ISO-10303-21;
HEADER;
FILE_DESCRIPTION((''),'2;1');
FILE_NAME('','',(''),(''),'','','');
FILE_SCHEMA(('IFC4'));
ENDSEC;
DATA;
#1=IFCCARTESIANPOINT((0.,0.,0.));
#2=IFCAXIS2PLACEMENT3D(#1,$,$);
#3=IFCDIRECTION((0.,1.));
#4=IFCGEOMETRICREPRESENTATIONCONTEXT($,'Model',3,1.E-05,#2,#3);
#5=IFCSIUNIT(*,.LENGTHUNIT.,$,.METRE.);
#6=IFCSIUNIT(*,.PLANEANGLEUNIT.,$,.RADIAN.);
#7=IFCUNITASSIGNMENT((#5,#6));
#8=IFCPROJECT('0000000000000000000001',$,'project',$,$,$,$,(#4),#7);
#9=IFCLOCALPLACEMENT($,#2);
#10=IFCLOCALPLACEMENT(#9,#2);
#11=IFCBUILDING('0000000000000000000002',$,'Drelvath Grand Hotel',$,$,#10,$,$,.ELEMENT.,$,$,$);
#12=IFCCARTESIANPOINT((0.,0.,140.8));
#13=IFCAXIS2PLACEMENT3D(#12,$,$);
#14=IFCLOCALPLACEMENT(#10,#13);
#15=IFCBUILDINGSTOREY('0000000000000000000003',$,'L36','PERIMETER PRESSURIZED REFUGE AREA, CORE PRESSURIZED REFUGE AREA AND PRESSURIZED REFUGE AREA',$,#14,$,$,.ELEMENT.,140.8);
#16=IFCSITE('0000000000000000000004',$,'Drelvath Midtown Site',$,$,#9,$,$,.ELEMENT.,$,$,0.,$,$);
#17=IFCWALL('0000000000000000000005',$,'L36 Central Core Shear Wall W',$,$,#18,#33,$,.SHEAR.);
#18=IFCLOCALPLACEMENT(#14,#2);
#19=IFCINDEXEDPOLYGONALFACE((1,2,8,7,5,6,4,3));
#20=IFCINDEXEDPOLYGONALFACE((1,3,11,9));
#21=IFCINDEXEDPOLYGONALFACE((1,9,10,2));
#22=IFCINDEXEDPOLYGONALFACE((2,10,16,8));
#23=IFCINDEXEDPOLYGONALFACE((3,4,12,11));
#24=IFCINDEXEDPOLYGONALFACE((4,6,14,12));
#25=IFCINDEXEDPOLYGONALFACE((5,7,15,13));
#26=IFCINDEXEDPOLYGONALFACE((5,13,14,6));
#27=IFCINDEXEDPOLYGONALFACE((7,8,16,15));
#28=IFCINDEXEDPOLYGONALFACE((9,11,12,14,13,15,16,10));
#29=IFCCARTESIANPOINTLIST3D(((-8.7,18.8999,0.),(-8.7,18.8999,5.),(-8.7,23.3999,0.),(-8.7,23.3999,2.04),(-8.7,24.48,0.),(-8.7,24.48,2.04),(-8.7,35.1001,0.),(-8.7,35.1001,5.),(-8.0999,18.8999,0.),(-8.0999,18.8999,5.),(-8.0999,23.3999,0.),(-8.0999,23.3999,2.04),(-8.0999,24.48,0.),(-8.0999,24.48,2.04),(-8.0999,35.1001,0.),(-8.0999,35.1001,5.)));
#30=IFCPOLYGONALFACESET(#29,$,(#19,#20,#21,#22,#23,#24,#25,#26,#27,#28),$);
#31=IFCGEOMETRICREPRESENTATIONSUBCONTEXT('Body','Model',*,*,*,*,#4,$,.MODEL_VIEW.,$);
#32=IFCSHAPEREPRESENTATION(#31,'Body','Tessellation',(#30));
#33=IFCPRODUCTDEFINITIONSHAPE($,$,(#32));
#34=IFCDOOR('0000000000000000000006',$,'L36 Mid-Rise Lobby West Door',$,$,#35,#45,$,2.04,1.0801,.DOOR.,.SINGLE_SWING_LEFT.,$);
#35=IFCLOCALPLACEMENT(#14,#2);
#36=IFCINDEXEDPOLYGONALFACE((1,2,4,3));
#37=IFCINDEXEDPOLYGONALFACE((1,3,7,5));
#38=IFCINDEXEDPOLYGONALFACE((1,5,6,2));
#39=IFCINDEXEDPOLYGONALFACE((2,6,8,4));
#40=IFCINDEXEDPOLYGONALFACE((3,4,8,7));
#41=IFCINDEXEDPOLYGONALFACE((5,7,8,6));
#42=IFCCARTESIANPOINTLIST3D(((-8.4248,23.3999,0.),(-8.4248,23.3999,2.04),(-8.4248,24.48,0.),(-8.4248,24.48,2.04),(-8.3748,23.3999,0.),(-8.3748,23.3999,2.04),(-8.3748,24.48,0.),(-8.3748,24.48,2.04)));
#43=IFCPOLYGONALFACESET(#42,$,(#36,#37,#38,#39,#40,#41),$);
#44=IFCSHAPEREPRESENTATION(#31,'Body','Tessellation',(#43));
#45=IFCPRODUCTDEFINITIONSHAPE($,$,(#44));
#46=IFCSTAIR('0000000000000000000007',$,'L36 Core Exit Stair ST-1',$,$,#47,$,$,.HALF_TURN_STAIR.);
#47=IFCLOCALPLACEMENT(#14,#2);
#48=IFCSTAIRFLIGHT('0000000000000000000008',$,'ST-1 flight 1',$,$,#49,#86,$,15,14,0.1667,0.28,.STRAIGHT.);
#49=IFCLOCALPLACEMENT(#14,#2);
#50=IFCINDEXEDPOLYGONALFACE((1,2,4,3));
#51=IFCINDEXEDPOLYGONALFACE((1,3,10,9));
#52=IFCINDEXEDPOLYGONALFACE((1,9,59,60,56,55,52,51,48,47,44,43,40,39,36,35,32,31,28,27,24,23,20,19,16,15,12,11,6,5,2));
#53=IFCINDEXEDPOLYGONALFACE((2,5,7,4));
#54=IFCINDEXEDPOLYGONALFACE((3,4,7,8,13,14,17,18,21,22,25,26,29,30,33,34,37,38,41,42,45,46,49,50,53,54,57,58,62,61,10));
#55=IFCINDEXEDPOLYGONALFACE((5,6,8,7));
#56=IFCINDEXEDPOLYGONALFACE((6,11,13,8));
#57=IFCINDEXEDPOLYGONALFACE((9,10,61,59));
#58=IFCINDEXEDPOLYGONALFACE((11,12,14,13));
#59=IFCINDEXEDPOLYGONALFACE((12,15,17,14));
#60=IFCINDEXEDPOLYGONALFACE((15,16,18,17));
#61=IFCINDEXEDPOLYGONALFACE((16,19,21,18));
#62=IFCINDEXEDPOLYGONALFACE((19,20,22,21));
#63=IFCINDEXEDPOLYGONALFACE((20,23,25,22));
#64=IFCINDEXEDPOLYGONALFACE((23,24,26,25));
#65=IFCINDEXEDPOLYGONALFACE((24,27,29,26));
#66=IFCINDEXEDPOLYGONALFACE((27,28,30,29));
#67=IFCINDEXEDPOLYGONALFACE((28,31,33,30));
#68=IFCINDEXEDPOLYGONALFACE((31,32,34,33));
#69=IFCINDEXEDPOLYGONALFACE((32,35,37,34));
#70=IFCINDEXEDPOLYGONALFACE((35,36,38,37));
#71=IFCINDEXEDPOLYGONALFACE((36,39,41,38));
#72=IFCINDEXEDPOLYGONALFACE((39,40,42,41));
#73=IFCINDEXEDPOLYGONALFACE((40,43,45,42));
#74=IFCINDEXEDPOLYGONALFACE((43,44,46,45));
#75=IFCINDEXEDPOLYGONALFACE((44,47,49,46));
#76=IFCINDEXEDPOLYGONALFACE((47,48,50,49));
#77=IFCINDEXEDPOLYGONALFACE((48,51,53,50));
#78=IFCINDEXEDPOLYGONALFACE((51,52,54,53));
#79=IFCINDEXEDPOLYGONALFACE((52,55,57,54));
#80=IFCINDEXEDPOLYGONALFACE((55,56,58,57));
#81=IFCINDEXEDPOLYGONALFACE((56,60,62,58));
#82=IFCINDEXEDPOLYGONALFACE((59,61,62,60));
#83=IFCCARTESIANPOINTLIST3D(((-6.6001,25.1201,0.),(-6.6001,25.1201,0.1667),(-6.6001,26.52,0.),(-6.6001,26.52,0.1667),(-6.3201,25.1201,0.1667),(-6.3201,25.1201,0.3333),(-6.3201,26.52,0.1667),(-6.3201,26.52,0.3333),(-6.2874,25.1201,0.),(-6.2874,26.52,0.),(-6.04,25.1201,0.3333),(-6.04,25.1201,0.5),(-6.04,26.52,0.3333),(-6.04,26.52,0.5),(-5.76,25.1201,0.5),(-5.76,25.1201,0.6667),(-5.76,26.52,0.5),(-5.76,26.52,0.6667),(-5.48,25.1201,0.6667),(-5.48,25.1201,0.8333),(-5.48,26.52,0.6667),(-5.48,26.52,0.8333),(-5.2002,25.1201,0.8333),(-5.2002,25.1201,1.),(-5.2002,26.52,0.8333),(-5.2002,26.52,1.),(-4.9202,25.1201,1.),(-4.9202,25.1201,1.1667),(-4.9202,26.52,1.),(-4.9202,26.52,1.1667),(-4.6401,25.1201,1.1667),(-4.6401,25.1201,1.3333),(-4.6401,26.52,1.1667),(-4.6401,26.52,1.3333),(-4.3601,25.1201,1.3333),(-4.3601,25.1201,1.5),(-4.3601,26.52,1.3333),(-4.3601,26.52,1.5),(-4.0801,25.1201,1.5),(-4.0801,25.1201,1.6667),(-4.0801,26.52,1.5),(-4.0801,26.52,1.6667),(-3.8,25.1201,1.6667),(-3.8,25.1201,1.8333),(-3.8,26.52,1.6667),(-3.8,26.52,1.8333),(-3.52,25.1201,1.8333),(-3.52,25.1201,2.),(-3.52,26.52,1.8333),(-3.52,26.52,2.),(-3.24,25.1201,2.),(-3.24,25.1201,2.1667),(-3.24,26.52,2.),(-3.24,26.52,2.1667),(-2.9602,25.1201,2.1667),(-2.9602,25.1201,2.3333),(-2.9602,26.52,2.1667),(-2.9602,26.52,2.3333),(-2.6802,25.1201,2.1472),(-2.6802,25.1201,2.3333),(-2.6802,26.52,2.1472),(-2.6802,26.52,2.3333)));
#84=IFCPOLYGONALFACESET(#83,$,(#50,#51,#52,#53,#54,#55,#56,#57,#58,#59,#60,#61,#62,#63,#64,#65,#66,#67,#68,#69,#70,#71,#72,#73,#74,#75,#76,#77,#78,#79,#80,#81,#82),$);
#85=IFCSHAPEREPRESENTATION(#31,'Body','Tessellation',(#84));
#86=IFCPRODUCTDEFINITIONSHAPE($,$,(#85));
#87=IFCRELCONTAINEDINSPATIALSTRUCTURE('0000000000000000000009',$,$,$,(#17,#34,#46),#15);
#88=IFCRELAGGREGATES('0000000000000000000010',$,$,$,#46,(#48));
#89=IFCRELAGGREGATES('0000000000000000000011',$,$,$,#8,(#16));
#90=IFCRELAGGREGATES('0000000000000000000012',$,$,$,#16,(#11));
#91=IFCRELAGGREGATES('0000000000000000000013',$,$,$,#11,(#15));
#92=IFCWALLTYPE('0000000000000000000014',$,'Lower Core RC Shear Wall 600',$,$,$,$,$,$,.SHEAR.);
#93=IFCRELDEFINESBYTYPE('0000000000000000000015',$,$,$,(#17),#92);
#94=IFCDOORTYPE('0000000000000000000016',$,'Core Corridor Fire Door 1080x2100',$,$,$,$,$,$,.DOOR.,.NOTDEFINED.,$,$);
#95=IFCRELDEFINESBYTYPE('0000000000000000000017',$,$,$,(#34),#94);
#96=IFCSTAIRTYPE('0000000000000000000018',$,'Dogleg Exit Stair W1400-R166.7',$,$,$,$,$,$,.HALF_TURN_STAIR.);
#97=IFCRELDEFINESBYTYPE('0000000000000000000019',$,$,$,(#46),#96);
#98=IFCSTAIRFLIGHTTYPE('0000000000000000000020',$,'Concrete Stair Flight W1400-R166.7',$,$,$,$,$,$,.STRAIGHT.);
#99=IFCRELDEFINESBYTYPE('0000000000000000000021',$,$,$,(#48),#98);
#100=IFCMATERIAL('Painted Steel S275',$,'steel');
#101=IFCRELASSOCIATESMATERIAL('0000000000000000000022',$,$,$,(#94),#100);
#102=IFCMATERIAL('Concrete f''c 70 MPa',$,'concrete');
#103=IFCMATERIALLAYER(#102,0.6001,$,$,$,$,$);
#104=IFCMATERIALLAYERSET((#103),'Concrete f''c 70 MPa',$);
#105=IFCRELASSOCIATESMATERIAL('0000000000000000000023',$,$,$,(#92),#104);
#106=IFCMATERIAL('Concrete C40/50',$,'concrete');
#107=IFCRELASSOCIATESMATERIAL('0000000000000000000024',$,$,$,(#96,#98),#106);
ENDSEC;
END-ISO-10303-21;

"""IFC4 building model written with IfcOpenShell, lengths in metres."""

from ifc_helpers import new_model, si_unit, direction, frame, frame_2d, origin, place, context, subcontext, project, spatial, polyline, rectangle, outline, extrude, material, layer, layer_set, type_object, element, fill, aggregate, save


model = new_model("IFC4")

# Units and contexts
model_context = context("Model", 3, precision=1e-05, world=origin(), true_north=direction((0.0, 1.0)))
body_context = subcontext(model_context, "Body", "Model", "MODEL_VIEW")
ifc_project = project(units=[si_unit("LENGTHUNIT", "METRE"), si_unit("PLANEANGLEUNIT", "RADIAN")], contexts=[model_context])

# Site, building, storey
site_placement = place(None, origin())
site = spatial("IfcSite", under=ifc_project, at=site_placement, Name="Drelvath Midtown Site", CompositionType="ELEMENT", RefElevation=0.0)
building_placement = place(site_placement, origin())
building = spatial("IfcBuilding", under=site, at=building_placement, Name="Drelvath Grand Hotel", CompositionType="ELEMENT")
storey_placement = place(building_placement, frame((0.0, 0.0, 140.8)))
storey = spatial("IfcBuildingStorey", under=building, at=storey_placement, Name="L36", Description="PERIMETER PRESSURIZED REFUGE AREA, CORE PRESSURIZED REFUGE AREA AND PRESSURIZED REFUGE AREA", CompositionType="ELEMENT", Elevation=140.8)

# Shared definitions
ifc_material_1 = material(Name="Concrete f'c 70 MPa", Category="concrete")

# Shared definitions
ifc_material_2 = material(Name="Concrete C40/50", Category="concrete")
ifc_material_3 = material(Name="Painted Steel S275", Category="steel")

# Shared definitions
door_type_1 = type_object("IfcDoorType", Name="Core Corridor Fire Door 1080x2100", OperationType="NOTDEFINED", PredefinedType="DOOR", material=ifc_material_3)

# Wall, opening, door
ifc_layer_1 = layer(ifc_material_1, 0.6001)
ifc_layer_set_1 = layer_set([ifc_layer_1], Name="Concrete f'c 70 MPa")
wall_type_1 = type_object("IfcWallType", Name="Lower Core RC Shear Wall 600", PredefinedType="SHEAR", material=ifc_layer_set_1)
wall_1_placement = place(storey_placement, frame((-8.3999, 18.8999, 0.0), z_axis=(0.0, 0.0, 1.0), x_axis=(0.0, 1.0, 0.0)))
wall_1 = element("IfcWall", 1, at=wall_1_placement, inside=storey, type_object=wall_type_1, Name="L36 Central Core Shear Wall W", PredefinedType="SHEAR", context=body_context, shape_type="SweptSolid", body=[
    extrude(rectangle(XDim=16.2002, YDim=0.6001, at=frame_2d((8.1001, 0.0))), origin(), (0.0, 0.0, 1.0), 5.0),
])
opening_1_placement = place(wall_1_placement, frame((4.5, 0.0, 0.0)))
opening_1 = element("IfcOpeningElement", 2, at=opening_1_placement, cuts=wall_1, PredefinedType="OPENING", context=body_context, shape_type="SweptSolid", body=[
    extrude(rectangle(XDim=1.0801, YDim=2.04, at=frame_2d((0.54, 1.02))), frame((0.0, 0.3101, 0.0), z_axis=(0.0, -1.0, 0.0), x_axis=(1.0, 0.0, 0.0)), (0.0, 0.0, 1.0), 0.6201),
])
door_1_placement = place(opening_1_placement, origin())
door_1 = element("IfcDoor", 3, at=door_1_placement, inside=storey, type_object=door_type_1, Name="L36 Mid-Rise Lobby West Door", OperationType="SINGLE_SWING_LEFT", OverallHeight=2.04, OverallWidth=1.0801, PredefinedType="DOOR", context=body_context, shape_type="SweptSolid", body=[
    extrude(rectangle(XDim=1.0801, YDim=2.04, at=frame_2d((0.54, 1.02))), frame((0.0, 0.0249, 0.0), z_axis=(0.0, -1.0, 0.0), x_axis=(1.0, 0.0, 0.0)), (0.0, 0.0, 1.0), 0.05),
])
fill(opening_1, door_1)

# Stair, stair flight
stair_type = type_object("IfcStairType", Name="Dogleg Exit Stair W1400-R166.7", PredefinedType="HALF_TURN_STAIR", material=ifc_material_2)
stair_placement = place(storey_placement, origin())
stair = element("IfcStair", 4, at=stair_placement, inside=storey, type_object=stair_type, Name="L36 Core Exit Stair ST-1", PredefinedType="HALF_TURN_STAIR")
stair_flight_type = type_object("IfcStairFlightType", Name="Concrete Stair Flight W1400-R166.7", PredefinedType="STRAIGHT", material=ifc_material_2)
stair_flight_placement = place(storey_placement, frame((-6.6001, 25.8201, 0.0), z_axis=(0.0, 0.0, 1.0), x_axis=(1.0, 0.0, 0.0)))
stair_flight = element("IfcStairFlight", 5, at=stair_flight_placement, type_object=stair_flight_type, Name="ST-1 flight 1", NumberOfRisers=15, NumberOfTreads=14, PredefinedType="STRAIGHT", RiserHeight=0.1667, TreadLength=0.28, context=body_context, shape_type="SweptSolid", body=[
    extrude(outline(polyline([(0.0, 0.0), (0.0, 0.1667), (0.28, 0.1667), (0.28, 0.3333), (0.5601, 0.3333), (0.5601, 0.5), (0.8401, 0.5), (0.8401, 0.6667), (1.1201, 0.6667), (1.1201, 0.8333), (1.3999, 0.8333), (1.3999, 1.0), (1.6799, 1.0), (1.6799, 1.1667), (1.96, 1.1667), (1.96, 1.3333), (2.24, 1.3333), (2.24, 1.5), (2.52, 1.5), (2.52, 1.6667), (2.8, 1.6667), (2.8, 1.8333), (3.0801, 1.8333), (3.0801, 2.0), (3.3601, 2.0), (3.3601, 2.1667), (3.6399, 2.1667), (3.6399, 2.3333), (3.9199, 2.3333), (3.9199, 2.5), (3.9199, 2.1472), (0.3127, 0.0), (0.0, 0.0)])), frame((0.0, 0.7, 0.0), z_axis=(0.0, -1.0, 0.0), x_axis=(1.0, 0.0, 0.0)), (0.0, 0.0, 1.0), 1.3999),
])
aggregate(stair, [stair_flight])

save(model, "model.ifc")
